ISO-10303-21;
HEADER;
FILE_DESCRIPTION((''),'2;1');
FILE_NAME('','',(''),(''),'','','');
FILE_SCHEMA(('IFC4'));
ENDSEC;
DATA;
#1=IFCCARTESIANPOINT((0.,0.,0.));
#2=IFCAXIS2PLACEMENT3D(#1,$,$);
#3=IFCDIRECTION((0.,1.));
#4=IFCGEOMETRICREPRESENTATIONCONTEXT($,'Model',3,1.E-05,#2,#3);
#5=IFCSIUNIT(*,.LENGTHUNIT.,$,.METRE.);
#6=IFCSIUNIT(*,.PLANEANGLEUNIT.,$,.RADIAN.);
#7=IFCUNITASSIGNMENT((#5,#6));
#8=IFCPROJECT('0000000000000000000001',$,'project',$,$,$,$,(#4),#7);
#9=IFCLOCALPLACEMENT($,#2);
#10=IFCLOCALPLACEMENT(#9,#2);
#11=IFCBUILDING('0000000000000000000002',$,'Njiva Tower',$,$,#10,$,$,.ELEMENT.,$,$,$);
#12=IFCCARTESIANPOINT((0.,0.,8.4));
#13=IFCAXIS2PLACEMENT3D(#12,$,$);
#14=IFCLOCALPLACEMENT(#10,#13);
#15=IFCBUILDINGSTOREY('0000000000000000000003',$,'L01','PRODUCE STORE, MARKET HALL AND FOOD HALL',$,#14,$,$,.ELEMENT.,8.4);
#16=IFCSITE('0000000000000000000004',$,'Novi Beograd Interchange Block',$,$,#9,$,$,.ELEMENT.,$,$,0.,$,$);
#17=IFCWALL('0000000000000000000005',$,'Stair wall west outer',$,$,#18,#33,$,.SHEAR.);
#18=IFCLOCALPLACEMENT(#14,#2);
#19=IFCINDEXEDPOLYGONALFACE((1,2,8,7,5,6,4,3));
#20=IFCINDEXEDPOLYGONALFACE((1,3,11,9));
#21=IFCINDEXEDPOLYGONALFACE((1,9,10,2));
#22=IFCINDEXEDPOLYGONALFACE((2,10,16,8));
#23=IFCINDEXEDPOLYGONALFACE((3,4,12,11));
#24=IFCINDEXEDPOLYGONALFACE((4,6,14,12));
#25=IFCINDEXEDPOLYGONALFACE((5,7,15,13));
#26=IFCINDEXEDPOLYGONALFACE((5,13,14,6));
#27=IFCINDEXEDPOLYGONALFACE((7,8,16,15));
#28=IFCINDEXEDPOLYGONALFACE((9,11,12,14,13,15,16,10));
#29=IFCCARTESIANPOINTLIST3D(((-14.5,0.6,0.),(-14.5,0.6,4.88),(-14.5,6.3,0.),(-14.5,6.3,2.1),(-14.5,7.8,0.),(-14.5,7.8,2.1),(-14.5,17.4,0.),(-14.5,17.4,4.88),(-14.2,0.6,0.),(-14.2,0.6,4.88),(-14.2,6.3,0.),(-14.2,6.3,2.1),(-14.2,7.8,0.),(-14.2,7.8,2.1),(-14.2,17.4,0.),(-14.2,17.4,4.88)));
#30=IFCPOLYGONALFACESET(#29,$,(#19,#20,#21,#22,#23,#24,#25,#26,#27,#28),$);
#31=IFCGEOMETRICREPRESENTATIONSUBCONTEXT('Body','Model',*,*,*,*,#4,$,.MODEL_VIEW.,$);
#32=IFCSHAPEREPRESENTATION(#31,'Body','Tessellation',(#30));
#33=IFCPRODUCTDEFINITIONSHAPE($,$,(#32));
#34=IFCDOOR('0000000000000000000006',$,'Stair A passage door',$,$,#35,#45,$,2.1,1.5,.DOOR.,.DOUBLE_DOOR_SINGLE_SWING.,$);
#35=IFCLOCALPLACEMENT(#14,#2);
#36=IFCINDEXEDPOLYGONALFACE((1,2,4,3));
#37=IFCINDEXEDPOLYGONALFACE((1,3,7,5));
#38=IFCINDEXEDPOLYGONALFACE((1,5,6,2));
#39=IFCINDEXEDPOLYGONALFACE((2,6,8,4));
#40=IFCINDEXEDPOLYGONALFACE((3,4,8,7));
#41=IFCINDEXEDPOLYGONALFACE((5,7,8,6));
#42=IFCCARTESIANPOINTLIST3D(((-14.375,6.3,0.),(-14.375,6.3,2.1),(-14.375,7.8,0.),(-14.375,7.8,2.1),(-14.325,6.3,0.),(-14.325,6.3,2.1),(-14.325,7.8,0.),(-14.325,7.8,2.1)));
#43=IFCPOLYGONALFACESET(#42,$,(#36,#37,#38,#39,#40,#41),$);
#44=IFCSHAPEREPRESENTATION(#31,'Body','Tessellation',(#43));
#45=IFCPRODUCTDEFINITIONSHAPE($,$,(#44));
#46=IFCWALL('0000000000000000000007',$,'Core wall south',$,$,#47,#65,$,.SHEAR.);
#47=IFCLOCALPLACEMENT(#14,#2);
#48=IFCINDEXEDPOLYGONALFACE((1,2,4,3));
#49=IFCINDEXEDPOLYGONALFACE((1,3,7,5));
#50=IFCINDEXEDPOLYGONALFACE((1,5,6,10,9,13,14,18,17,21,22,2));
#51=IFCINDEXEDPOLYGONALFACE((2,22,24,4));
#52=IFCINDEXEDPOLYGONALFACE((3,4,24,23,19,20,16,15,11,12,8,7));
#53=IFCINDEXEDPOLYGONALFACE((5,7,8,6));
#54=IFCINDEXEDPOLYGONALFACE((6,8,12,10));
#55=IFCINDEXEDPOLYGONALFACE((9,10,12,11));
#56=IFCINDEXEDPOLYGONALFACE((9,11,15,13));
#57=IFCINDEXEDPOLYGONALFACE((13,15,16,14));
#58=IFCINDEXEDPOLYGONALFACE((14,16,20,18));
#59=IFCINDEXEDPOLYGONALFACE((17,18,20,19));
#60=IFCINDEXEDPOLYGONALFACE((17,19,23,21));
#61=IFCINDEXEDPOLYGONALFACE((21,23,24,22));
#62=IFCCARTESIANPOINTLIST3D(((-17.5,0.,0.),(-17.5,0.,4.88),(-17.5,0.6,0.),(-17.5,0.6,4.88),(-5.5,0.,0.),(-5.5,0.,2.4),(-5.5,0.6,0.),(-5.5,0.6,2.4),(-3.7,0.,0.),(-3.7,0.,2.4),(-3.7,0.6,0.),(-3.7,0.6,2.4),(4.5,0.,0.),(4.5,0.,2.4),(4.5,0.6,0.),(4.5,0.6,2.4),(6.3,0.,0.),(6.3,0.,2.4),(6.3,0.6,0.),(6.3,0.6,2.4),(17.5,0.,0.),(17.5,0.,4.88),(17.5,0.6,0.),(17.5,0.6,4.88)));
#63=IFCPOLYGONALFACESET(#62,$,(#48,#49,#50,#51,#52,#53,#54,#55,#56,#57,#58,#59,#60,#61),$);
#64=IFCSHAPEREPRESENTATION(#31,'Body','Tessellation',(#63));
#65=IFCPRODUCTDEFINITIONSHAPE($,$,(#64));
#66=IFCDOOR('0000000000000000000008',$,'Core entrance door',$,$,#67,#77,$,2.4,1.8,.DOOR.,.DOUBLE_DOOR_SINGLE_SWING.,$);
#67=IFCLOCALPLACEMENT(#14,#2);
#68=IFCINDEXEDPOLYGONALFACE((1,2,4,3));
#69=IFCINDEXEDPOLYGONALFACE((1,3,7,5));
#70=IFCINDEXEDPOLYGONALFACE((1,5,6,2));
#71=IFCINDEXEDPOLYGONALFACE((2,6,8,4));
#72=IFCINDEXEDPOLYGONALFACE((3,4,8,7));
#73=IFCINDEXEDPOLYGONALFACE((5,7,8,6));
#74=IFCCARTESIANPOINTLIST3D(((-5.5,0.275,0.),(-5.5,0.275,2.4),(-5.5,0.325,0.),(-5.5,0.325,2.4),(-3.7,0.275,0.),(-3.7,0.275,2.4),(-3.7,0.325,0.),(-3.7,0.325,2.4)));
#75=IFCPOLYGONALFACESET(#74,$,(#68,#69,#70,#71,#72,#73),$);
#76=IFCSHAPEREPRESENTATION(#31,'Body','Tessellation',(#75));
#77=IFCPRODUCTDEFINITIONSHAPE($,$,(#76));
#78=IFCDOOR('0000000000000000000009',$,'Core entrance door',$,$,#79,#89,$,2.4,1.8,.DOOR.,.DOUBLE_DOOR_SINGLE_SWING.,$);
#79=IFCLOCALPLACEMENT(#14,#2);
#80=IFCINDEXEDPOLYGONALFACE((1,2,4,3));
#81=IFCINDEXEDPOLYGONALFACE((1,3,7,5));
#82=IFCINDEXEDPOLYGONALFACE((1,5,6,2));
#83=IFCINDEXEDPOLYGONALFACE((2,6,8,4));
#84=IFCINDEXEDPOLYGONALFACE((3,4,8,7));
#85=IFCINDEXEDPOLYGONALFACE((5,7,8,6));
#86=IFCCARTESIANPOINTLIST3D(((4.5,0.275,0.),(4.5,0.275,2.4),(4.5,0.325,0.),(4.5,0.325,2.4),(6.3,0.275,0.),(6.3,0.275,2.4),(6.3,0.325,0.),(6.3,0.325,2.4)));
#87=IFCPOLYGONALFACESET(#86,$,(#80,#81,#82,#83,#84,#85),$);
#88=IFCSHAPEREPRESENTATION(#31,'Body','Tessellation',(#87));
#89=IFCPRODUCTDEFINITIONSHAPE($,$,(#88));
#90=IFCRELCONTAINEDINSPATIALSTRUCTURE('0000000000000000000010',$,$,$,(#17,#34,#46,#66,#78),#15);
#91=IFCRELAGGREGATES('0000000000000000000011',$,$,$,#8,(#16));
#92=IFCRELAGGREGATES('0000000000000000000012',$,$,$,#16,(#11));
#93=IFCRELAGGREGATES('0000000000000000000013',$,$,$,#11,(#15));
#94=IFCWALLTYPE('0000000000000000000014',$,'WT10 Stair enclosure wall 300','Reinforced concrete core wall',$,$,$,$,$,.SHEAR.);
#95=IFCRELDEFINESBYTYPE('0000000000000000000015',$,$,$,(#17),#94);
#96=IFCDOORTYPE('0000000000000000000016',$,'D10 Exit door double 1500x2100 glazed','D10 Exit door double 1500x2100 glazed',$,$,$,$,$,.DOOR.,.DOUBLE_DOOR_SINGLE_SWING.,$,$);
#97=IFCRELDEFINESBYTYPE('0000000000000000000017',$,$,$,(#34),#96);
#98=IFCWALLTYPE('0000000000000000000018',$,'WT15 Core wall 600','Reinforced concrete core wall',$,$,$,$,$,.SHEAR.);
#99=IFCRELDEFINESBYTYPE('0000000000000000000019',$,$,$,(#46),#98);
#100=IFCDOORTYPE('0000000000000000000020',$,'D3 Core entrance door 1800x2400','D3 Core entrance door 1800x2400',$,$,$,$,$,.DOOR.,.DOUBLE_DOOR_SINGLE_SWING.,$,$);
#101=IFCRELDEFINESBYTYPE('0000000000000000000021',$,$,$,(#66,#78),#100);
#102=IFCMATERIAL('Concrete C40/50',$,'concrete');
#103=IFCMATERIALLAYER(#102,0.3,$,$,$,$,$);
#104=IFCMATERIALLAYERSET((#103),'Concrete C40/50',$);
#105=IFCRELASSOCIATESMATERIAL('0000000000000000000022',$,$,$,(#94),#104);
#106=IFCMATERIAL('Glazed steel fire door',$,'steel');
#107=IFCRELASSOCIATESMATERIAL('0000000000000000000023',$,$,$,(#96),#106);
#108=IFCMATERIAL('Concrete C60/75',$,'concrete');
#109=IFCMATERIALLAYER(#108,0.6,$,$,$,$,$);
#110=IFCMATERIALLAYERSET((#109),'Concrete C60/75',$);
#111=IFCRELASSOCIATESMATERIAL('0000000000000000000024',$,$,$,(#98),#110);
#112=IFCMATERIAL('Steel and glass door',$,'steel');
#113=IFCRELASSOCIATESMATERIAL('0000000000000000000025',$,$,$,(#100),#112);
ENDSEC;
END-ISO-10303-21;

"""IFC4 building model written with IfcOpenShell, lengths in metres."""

from ifc_helpers import new_model, si_unit, direction, frame, frame_2d, origin, place, context, subcontext, project, spatial, rectangle, extrude, material, layer, layer_set, type_object, element, fill, save


model = new_model("IFC4")

# Units and contexts
model_context = context("Model", 3, precision=1e-05, world=origin(), true_north=direction((0.0, 1.0)))
body_context = subcontext(model_context, "Body", "Model", "MODEL_VIEW")
ifc_project = project(units=[si_unit("LENGTHUNIT", "METRE"), si_unit("PLANEANGLEUNIT", "RADIAN")], contexts=[model_context])

# Site, building, storey
site_placement = place(None, origin())
site = spatial("IfcSite", under=ifc_project, at=site_placement, Name="Novi Beograd Interchange Block", CompositionType="ELEMENT", RefElevation=0.0)
building_placement = place(site_placement, origin())
building = spatial("IfcBuilding", under=site, at=building_placement, Name="Njiva Tower", CompositionType="ELEMENT")
storey_placement = place(building_placement, frame((0.0, 0.0, 8.4)))
storey = spatial("IfcBuildingStorey", under=building, at=storey_placement, Name="L01", Description="PRODUCE STORE, MARKET HALL AND FOOD HALL", CompositionType="ELEMENT", Elevation=8.4)

# Wall, opening, door
ifc_material_1 = material(Name="Concrete C40/50", Category="concrete")
ifc_layer_1 = layer(ifc_material_1, 0.3)
ifc_layer_set_1 = layer_set([ifc_layer_1], Name="Concrete C40/50")
wall_type_1 = type_object("IfcWallType", Name="WT10 Stair enclosure wall 300", Description="Reinforced concrete core wall", PredefinedType="SHEAR", material=ifc_layer_set_1)
wall_1_placement = place(storey_placement, frame((-14.35, 0.6, 0.0), z_axis=(0.0, 0.0, 1.0), x_axis=(0.0, 1.0, 0.0)))
wall_1 = element("IfcWall", 1, at=wall_1_placement, inside=storey, type_object=wall_type_1, Name="Stair wall west outer", PredefinedType="SHEAR", context=body_context, shape_type="SweptSolid", body=[
    extrude(rectangle(XDim=16.8, YDim=0.3, at=frame_2d((8.4, 0.0))), origin(), (0.0, 0.0, 1.0), 4.88),
])
opening_1_placement = place(wall_1_placement, frame((5.7, 0.0, 0.0)))
opening_1 = element("IfcOpeningElement", 2, at=opening_1_placement, cuts=wall_1, PredefinedType="OPENING", context=body_context, shape_type="SweptSolid", body=[
    extrude(rectangle(XDim=1.5, YDim=2.1, at=frame_2d((0.75, 1.05))), frame((0.0, 0.16, 0.0), z_axis=(0.0, -1.0, 0.0), x_axis=(1.0, 0.0, 0.0)), (0.0, 0.0, 1.0), 0.32),
])
ifc_material_2 = material(Name="Glazed steel fire door", Category="steel")
door_type_1 = type_object("IfcDoorType", Name="D10 Exit door double 1500x2100 glazed", Description="D10 Exit door double 1500x2100 glazed", OperationType="DOUBLE_DOOR_SINGLE_SWING", PredefinedType="DOOR", material=ifc_material_2)
door_1_placement = place(opening_1_placement, origin())
door_1 = element("IfcDoor", 3, at=door_1_placement, inside=storey, type_object=door_type_1, Name="Stair A passage door", OperationType="DOUBLE_DOOR_SINGLE_SWING", OverallHeight=2.1, OverallWidth=1.5, PredefinedType="DOOR", context=body_context, shape_type="SweptSolid", body=[
    extrude(rectangle(XDim=1.5, YDim=2.1, at=frame_2d((0.75, 1.05))), frame((0.0, 0.025, 0.0), z_axis=(0.0, -1.0, 0.0), x_axis=(1.0, 0.0, 0.0)), (0.0, 0.0, 1.0), 0.05),
])
fill(opening_1, door_1)

# Wall, openings, doors
ifc_material_3 = material(Name="Concrete C60/75", Category="concrete")
ifc_layer_2 = layer(ifc_material_3, 0.6)
ifc_layer_set_2 = layer_set([ifc_layer_2], Name="Concrete C60/75")
wall_type_2 = type_object("IfcWallType", Name="WT15 Core wall 600", Description="Reinforced concrete core wall", PredefinedType="SHEAR", material=ifc_layer_set_2)
wall_2_placement = place(storey_placement, frame((-17.5, 0.3, 0.0), z_axis=(0.0, 0.0, 1.0), x_axis=(1.0, 0.0, 0.0)))
wall_2 = element("IfcWall", 4, at=wall_2_placement, inside=storey, type_object=wall_type_2, Name="Core wall south", PredefinedType="SHEAR", context=body_context, shape_type="SweptSolid", body=[
    extrude(rectangle(XDim=35.0, YDim=0.6, at=frame_2d((17.5, 0.0))), origin(), (0.0, 0.0, 1.0), 4.88),
])
opening_2_placement = place(wall_2_placement, frame((12.0, 0.0, 0.0)))
opening_2 = element("IfcOpeningElement", 5, at=opening_2_placement, cuts=wall_2, PredefinedType="OPENING", context=body_context, shape_type="SweptSolid", body=[
    extrude(rectangle(XDim=1.8, YDim=2.4, at=frame_2d((0.9, 1.2))), frame((0.0, 0.31, 0.0), z_axis=(0.0, -1.0, 0.0), x_axis=(1.0, 0.0, 0.0)), (0.0, 0.0, 1.0), 0.62),
])
opening_3_placement = place(wall_2_placement, frame((22.0, 0.0, 0.0)))
opening_3 = element("IfcOpeningElement", 6, at=opening_3_placement, cuts=wall_2, PredefinedType="OPENING", context=body_context, shape_type="SweptSolid", body=[
    extrude(rectangle(XDim=1.8, YDim=2.4, at=frame_2d((0.9, 1.2))), frame((0.0, 0.31, 0.0), z_axis=(0.0, -1.0, 0.0), x_axis=(1.0, 0.0, 0.0)), (0.0, 0.0, 1.0), 0.62),
])
ifc_material_4 = material(Name="Steel and glass door", Category="steel")
door_type_2 = type_object("IfcDoorType", Name="D3 Core entrance door 1800x2400", Description="D3 Core entrance door 1800x2400", OperationType="DOUBLE_DOOR_SINGLE_SWING", PredefinedType="DOOR", material=ifc_material_4)
door_2_placement = place(opening_2_placement, origin())
door_2 = element("IfcDoor", 7, at=door_2_placement, inside=storey, type_object=door_type_2, Name="Core entrance door", OperationType="DOUBLE_DOOR_SINGLE_SWING", OverallHeight=2.4, OverallWidth=1.8, PredefinedType="DOOR", context=body_context, shape_type="SweptSolid", body=[
    extrude(rectangle(XDim=1.8, YDim=2.4, at=frame_2d((0.9, 1.2))), frame((0.0, 0.025, 0.0), z_axis=(0.0, -1.0, 0.0), x_axis=(1.0, 0.0, 0.0)), (0.0, 0.0, 1.0), 0.05),
])
fill(opening_2, door_2)
door_3_placement = place(opening_3_placement, origin())
door_3 = element("IfcDoor", 8, at=door_3_placement, inside=storey, type_object=door_type_2, Name="Core entrance door", OperationType="DOUBLE_DOOR_SINGLE_SWING", OverallHeight=2.4, OverallWidth=1.8, PredefinedType="DOOR", context=body_context, shape_type="SweptSolid", body=[
    extrude(rectangle(XDim=1.8, YDim=2.4, at=frame_2d((0.9, 1.2))), frame((0.0, 0.025, 0.0), z_axis=(0.0, -1.0, 0.0), x_axis=(1.0, 0.0, 0.0)), (0.0, 0.0, 1.0), 0.05),
])
fill(opening_3, door_3)

save(model, "model.ifc")
